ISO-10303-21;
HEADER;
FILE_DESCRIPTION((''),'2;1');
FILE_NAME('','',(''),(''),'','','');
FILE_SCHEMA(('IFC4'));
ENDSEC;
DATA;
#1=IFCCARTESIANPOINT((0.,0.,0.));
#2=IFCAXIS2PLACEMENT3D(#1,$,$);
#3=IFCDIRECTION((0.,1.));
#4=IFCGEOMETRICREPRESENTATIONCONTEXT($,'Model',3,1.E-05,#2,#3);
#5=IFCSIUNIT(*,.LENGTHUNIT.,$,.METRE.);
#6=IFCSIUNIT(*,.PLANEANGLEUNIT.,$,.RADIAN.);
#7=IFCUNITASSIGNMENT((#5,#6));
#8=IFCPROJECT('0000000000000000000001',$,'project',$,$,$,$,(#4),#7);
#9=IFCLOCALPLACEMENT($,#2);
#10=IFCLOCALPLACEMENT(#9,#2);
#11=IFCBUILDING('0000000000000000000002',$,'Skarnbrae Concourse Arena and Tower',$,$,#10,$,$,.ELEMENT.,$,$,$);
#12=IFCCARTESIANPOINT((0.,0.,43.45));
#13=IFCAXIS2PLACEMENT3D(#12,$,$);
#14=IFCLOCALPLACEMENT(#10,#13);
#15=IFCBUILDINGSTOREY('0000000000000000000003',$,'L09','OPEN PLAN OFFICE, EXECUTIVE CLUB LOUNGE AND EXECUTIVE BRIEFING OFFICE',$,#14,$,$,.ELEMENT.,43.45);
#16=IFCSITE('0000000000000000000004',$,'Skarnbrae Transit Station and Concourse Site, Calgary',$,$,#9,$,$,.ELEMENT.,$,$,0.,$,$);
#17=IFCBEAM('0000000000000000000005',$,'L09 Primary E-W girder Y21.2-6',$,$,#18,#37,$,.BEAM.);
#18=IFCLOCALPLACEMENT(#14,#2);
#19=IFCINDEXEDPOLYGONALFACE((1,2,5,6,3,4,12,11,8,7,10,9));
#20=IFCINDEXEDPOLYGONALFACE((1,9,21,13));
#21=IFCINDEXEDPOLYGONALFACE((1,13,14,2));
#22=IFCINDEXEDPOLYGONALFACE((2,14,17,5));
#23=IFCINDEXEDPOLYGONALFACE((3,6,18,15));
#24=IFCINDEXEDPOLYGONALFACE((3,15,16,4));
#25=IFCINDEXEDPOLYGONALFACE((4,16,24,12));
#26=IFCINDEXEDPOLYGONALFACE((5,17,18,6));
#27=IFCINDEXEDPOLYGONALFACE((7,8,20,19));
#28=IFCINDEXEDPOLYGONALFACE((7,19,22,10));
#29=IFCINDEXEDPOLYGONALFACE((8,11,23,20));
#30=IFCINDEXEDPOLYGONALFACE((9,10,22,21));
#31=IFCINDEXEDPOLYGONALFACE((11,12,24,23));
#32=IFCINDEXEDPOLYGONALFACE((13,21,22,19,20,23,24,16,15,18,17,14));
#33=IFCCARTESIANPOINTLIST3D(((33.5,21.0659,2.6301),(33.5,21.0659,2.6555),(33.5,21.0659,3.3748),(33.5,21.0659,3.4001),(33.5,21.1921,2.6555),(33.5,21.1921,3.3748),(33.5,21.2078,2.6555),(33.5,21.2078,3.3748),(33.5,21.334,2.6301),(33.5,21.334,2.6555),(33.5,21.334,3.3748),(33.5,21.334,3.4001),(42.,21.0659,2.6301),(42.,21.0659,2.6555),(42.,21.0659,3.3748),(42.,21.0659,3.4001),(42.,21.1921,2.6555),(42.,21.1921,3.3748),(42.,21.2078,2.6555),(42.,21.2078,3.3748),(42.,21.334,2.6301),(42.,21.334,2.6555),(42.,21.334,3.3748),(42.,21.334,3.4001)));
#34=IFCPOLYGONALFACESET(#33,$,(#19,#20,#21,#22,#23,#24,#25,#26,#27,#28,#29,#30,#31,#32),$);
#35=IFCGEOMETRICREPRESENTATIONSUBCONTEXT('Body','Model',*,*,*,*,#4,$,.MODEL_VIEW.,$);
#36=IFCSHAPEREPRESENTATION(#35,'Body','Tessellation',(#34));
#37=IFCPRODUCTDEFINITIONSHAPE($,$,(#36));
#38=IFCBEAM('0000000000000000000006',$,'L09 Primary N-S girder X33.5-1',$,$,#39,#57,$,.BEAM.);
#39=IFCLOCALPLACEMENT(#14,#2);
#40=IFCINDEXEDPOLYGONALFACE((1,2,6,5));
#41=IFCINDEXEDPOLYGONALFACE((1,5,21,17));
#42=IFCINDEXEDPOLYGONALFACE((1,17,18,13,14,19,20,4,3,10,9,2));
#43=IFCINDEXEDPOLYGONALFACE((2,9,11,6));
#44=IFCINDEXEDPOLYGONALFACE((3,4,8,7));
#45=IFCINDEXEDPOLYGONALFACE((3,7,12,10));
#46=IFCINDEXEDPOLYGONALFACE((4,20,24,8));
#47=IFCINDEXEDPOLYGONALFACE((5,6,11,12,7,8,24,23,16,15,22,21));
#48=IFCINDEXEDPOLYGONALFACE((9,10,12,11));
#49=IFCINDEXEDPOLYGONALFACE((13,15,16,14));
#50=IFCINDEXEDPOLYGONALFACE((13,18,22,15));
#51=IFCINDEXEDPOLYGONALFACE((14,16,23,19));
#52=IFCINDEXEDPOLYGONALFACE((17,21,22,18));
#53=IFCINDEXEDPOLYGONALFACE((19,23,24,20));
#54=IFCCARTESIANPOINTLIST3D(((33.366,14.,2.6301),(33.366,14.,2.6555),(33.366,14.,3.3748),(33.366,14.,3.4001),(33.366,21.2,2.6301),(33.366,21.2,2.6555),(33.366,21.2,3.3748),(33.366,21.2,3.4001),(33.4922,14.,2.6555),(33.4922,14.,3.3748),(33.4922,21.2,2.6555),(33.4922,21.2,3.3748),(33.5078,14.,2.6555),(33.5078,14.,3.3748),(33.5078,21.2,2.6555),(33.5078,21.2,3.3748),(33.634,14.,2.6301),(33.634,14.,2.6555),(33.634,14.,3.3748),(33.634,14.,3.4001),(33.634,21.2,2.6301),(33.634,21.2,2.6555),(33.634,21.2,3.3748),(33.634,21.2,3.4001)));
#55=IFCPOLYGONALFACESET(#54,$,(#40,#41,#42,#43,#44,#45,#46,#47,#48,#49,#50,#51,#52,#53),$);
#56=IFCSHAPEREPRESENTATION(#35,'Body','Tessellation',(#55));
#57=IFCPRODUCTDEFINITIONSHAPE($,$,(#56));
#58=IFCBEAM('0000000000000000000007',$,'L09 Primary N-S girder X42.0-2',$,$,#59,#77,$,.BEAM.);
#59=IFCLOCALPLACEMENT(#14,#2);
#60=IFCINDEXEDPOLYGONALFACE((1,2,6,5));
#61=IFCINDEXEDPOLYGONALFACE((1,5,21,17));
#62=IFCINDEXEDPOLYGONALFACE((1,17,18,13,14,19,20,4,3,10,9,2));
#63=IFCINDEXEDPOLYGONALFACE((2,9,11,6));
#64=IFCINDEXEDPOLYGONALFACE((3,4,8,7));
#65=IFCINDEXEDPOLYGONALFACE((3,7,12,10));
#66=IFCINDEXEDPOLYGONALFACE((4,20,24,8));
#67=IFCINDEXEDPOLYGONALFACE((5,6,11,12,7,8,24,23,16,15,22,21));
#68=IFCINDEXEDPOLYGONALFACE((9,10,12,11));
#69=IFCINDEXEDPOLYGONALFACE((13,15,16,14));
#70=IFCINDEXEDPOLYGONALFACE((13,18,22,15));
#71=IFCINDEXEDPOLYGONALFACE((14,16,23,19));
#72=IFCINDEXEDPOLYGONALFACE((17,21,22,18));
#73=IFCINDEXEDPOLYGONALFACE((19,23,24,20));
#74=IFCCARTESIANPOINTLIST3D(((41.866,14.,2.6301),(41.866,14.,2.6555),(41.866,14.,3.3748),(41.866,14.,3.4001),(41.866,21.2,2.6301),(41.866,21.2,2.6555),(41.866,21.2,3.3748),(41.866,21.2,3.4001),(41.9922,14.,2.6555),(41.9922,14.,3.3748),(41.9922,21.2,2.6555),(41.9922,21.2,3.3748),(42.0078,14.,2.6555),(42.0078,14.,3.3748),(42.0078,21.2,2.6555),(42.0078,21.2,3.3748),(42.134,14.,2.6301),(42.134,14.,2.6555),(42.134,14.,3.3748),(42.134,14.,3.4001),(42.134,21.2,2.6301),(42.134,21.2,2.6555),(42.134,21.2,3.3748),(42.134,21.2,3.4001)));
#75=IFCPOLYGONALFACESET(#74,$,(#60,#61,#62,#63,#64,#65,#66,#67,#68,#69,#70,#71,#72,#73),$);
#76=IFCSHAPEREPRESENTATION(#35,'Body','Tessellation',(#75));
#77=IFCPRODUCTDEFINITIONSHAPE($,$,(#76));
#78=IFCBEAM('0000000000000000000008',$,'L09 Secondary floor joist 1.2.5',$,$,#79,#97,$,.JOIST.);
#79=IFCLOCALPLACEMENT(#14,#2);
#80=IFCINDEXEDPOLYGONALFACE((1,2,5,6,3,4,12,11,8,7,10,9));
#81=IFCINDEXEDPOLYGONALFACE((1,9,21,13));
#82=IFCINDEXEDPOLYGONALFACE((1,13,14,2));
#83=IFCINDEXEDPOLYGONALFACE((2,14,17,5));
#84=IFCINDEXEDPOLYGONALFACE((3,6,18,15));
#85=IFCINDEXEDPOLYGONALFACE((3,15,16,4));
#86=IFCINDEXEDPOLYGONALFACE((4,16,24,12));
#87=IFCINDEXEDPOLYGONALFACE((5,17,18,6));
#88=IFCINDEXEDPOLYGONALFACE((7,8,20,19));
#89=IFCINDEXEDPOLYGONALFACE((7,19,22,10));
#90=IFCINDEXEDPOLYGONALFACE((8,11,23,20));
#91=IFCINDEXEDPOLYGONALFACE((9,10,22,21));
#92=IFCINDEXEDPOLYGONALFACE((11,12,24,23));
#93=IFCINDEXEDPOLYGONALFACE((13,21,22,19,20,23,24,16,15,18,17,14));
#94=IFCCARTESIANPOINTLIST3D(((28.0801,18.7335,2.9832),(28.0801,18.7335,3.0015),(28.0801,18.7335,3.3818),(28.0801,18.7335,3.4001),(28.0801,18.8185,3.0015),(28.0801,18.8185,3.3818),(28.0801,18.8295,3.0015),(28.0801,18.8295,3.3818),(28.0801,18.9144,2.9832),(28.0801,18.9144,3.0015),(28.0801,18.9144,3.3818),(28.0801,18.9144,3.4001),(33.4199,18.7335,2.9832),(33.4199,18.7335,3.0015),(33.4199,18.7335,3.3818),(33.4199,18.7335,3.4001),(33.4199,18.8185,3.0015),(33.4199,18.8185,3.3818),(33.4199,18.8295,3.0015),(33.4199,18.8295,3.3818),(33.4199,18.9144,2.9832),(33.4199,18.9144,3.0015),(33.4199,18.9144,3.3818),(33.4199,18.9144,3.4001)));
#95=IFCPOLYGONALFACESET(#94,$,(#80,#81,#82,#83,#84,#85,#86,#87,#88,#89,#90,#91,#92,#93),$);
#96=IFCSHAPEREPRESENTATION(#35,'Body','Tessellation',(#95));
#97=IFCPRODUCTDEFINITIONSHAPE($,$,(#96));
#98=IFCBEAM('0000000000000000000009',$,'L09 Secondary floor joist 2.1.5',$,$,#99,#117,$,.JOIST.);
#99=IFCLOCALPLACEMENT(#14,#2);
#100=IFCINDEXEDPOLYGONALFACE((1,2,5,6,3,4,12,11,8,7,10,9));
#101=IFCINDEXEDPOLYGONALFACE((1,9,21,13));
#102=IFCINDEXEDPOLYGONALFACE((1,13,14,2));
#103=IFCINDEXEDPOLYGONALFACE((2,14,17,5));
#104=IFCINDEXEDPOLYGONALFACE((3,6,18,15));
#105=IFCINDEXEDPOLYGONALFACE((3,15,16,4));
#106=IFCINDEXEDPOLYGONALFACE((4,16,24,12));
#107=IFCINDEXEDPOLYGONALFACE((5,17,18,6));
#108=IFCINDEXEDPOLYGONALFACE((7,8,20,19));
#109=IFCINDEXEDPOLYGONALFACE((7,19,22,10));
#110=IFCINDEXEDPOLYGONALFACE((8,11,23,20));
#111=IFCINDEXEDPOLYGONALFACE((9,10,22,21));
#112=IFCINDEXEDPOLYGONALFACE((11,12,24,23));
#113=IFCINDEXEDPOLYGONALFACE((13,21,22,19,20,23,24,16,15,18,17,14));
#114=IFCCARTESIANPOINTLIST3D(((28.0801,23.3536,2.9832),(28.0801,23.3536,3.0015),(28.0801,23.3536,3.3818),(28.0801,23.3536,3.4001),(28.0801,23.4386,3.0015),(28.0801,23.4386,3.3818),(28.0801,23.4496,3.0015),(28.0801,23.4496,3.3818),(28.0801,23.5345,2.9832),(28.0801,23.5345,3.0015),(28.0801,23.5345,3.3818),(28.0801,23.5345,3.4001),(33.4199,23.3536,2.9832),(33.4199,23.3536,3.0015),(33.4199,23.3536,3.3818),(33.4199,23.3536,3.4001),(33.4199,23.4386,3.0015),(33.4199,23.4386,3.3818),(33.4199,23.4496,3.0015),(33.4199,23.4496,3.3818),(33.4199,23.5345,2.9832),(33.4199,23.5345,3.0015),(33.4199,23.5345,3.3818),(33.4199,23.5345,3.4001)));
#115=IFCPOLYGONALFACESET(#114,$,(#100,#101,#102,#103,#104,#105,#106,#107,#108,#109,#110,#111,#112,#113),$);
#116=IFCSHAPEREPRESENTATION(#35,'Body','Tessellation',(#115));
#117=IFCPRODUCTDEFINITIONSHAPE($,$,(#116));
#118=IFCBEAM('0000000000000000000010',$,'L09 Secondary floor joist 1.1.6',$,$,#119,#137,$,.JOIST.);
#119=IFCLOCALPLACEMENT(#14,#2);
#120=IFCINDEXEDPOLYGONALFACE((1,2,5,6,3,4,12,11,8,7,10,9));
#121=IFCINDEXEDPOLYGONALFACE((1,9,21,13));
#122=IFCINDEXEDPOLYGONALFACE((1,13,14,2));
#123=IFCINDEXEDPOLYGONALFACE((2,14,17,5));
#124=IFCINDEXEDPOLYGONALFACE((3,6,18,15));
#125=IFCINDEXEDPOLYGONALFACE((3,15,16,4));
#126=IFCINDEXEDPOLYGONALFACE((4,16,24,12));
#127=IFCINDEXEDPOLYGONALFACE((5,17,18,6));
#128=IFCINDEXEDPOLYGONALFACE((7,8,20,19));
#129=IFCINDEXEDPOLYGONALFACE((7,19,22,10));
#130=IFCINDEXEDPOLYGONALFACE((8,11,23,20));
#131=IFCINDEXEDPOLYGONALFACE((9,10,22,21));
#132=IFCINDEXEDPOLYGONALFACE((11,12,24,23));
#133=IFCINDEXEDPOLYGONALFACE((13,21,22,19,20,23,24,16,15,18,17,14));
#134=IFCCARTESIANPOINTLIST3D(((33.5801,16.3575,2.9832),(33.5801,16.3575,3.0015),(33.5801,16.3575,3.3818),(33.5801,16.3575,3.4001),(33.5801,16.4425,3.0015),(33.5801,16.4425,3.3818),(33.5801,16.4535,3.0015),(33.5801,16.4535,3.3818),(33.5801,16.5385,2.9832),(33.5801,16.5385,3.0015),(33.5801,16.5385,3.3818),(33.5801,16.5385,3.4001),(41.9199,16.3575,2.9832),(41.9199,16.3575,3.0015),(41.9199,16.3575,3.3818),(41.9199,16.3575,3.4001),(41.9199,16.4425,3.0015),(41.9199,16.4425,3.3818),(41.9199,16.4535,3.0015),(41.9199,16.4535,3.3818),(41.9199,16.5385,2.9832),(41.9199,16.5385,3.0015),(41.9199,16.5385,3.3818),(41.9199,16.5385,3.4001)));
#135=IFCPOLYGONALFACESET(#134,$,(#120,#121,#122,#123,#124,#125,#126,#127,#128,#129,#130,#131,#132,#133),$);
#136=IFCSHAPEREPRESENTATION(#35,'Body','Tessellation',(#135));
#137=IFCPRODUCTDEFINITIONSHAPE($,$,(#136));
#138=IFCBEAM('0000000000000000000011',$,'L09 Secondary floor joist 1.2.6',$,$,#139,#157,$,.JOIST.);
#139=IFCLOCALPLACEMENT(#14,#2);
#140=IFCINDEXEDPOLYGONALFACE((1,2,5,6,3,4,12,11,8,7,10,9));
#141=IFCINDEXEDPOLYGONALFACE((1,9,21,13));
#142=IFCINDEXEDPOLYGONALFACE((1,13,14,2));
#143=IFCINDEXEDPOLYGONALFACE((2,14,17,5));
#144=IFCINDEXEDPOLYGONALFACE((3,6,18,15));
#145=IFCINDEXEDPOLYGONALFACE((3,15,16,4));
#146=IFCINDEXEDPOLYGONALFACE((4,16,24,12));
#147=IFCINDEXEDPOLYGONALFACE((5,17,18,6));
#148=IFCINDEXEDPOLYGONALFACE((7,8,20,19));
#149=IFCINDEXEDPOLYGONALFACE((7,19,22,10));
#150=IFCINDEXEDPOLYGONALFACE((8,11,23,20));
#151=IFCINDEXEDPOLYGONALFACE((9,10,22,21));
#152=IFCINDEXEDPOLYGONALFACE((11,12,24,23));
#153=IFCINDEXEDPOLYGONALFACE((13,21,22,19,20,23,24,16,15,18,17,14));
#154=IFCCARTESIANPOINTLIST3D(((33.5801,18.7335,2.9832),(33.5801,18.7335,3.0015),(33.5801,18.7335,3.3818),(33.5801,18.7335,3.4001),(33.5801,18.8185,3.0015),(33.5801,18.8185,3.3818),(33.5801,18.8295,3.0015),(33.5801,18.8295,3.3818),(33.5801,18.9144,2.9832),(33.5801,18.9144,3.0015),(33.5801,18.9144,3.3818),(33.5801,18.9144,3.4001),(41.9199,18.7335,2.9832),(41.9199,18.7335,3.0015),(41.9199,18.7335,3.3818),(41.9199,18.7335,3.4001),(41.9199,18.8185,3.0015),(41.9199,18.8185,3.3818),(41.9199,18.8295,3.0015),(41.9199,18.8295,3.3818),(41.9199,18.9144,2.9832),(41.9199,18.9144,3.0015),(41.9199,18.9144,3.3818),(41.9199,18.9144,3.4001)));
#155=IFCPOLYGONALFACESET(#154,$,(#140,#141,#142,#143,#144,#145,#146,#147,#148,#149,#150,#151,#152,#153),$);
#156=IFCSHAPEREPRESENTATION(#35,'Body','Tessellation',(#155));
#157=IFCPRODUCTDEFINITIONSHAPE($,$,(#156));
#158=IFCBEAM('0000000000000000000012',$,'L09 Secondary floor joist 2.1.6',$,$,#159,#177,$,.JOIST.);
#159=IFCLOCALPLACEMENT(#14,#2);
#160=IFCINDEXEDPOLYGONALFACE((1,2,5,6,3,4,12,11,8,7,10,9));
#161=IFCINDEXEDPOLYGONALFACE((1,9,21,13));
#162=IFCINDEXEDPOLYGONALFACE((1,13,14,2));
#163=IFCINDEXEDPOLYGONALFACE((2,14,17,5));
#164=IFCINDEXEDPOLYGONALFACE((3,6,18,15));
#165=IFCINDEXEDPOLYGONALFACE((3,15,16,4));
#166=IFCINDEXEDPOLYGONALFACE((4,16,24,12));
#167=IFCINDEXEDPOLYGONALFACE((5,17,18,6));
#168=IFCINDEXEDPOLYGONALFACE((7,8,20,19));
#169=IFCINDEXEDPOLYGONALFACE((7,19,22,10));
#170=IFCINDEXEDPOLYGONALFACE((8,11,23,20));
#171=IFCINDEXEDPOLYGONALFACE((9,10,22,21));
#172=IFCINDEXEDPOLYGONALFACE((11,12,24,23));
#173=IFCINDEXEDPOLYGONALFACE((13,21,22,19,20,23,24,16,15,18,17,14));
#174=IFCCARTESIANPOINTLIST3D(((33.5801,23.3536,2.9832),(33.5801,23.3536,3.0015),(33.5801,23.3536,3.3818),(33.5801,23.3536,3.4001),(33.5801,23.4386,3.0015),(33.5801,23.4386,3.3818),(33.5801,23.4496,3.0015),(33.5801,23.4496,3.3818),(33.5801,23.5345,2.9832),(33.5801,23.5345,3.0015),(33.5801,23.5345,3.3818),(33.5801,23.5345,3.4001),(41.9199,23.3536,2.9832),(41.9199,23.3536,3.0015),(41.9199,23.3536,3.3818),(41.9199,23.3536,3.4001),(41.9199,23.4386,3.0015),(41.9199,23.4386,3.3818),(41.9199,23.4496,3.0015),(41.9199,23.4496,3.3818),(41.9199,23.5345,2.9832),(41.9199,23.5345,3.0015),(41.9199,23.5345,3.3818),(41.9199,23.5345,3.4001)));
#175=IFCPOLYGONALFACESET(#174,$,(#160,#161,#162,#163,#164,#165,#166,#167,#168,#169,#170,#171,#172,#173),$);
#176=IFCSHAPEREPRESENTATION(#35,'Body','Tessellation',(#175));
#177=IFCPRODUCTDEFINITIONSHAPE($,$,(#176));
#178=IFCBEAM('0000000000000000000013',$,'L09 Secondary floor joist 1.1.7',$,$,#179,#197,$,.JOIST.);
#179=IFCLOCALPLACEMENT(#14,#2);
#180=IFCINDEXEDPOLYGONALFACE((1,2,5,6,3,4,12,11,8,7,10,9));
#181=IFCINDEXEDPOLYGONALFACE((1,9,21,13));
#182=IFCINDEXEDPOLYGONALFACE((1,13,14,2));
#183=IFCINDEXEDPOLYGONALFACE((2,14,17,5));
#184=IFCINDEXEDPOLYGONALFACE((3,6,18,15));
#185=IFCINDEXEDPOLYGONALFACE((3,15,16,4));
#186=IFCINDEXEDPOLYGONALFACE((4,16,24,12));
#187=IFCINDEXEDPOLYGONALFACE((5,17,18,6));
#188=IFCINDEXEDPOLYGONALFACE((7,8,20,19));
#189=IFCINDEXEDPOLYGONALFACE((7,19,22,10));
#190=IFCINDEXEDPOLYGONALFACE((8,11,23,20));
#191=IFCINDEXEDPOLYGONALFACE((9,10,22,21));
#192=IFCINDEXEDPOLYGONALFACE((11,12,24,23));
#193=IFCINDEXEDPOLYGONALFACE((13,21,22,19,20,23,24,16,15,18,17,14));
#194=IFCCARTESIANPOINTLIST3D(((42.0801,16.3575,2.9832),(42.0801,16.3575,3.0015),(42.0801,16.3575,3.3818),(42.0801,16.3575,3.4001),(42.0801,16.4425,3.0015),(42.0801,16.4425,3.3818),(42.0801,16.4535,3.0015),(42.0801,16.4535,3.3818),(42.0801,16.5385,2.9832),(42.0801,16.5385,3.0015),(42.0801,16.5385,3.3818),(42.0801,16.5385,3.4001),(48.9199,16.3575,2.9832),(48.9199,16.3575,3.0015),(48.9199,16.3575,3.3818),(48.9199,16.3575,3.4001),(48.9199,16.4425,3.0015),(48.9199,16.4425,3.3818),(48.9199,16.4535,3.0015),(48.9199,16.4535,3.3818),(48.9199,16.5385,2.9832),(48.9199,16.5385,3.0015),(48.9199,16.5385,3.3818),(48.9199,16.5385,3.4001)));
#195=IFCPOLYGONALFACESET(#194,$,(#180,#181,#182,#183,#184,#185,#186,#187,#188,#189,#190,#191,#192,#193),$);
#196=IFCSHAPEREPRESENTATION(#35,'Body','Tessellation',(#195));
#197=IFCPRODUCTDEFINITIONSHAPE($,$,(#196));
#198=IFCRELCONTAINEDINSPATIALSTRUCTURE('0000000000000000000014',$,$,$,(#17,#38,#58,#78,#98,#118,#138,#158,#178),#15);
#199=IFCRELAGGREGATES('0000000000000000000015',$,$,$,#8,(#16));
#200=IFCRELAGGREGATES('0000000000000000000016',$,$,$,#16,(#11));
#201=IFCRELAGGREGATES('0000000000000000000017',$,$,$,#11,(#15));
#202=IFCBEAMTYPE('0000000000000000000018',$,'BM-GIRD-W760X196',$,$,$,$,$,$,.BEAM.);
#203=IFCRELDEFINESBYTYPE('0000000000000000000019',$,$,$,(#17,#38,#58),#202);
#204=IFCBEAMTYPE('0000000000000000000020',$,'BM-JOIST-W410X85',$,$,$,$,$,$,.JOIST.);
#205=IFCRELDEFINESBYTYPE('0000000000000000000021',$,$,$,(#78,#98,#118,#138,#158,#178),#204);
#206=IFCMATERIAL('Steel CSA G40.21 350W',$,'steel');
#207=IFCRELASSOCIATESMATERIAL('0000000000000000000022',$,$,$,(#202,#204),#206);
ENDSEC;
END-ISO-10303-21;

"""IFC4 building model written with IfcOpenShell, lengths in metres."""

from ifc_helpers import new_model, si_unit, direction, frame, origin, origin_2d, place, context, subcontext, project, spatial, i_section, extrude, source, transform, mapped, material, material_profile, profile_set, type_object, element, save


model = new_model("IFC4")

# Units and contexts
model_context = context("Model", 3, precision=1e-05, world=origin(), true_north=direction((0.0, 1.0)))
body_context = subcontext(model_context, "Body", "Model", "MODEL_VIEW")
ifc_project = project(units=[si_unit("LENGTHUNIT", "METRE"), si_unit("PLANEANGLEUNIT", "RADIAN")], contexts=[model_context])

# Site, building, storey
site_placement = place(None, origin())
site = spatial("IfcSite", under=ifc_project, at=site_placement, Name="Skarnbrae Transit Station and Concourse Site, Calgary", CompositionType="ELEMENT", RefElevation=0.0)
building_placement = place(site_placement, origin())
building = spatial("IfcBuilding", under=site, at=building_placement, Name="Skarnbrae Concourse Arena and Tower", CompositionType="ELEMENT")
storey_placement = place(building_placement, frame((0.0, 0.0, 43.45)))
storey = spatial("IfcBuildingStorey", under=building, at=storey_placement, Name="L09", Description="OPEN PLAN OFFICE, EXECUTIVE CLUB LOUNGE AND EXECUTIVE BRIEFING OFFICE", CompositionType="ELEMENT", Elevation=43.45)

# Shared definitions
ifc_material_1 = material(Name="Steel CSA G40.21 350W", Category="steel")

# Beams
ifc_material_profile_1 = material_profile(ifc_material_1, i_section(OverallWidth=0.2681, OverallDepth=0.77, WebThickness=0.0156, FlangeThickness=0.0254, at=origin_2d()), Name="W760X196")
ifc_profile_set_1 = profile_set([ifc_material_profile_1], Name="Steel CSA G40.21 350W")
beam_type_1 = type_object("IfcBeamType", Name="BM-GIRD-W760X196", PredefinedType="BEAM", material=ifc_profile_set_1)
shared_shape_1 = source(origin(), body_context, "Body", "SweptSolid", [
    extrude(i_section(OverallWidth=0.2681, OverallDepth=0.77, WebThickness=0.0156, FlangeThickness=0.0254, at=origin_2d()), origin(), (0.0, 0.0, 1.0), 8.5),
])
for number, where, z_axis, x_axis, name in (
    (1, (33.5, 21.2, 3.0151), (1.0, 0.0, 0.0), (0.0, 1.0, 0.0), "L09 Primary E-W girder Y21.2-6"),
):
    element("IfcBeam", number, at=place(storey_placement, frame(where, z_axis=z_axis, x_axis=x_axis)), inside=storey, type_object=beam_type_1, Name=name, PredefinedType="BEAM", context=body_context, shape_type="MappedRepresentation", body=[
        mapped(shared_shape_1, transform((0.0, 0.0, 0.0))),
    ])
shared_shape_2 = source(origin(), body_context, "Body", "SweptSolid", [
    extrude(i_section(OverallWidth=0.2681, OverallDepth=0.77, WebThickness=0.0156, FlangeThickness=0.0254, at=origin_2d()), origin(), (0.0, 0.0, 1.0), 7.2),
])
for number, where, z_axis, x_axis, name in (
    (2, (33.5, 14.0, 3.0151), (0.0, 1.0, 0.0), (-1.0, 0.0, 0.0), "L09 Primary N-S girder X33.5-1"),
    (3, (42.0, 14.0, 3.0151), (0.0, 1.0, 0.0), (-1.0, 0.0, 0.0), "L09 Primary N-S girder X42.0-2"),
):
    element("IfcBeam", number, at=place(storey_placement, frame(where, z_axis=z_axis, x_axis=x_axis)), inside=storey, type_object=beam_type_1, Name=name, PredefinedType="BEAM", context=body_context, shape_type="MappedRepresentation", body=[
        mapped(shared_shape_2, transform((0.0, 0.0, 0.0))),
    ])
ifc_material_profile_2 = material_profile(ifc_material_1, i_section(OverallWidth=0.1809, OverallDepth=0.417, WebThickness=0.011, FlangeThickness=0.0183, at=origin_2d()), Name="W410X85")
ifc_profile_set_2 = profile_set([ifc_material_profile_2], Name="Steel CSA G40.21 350W")
beam_type_2 = type_object("IfcBeamType", Name="BM-JOIST-W410X85", PredefinedType="JOIST", material=ifc_profile_set_2)
shared_shape_3 = source(origin(), body_context, "Body", "SweptSolid", [
    extrude(i_section(OverallWidth=0.1809, OverallDepth=0.417, WebThickness=0.011, FlangeThickness=0.0183, at=origin_2d()), origin(), (0.0, 0.0, 1.0), 5.3398),
])
for number, where, z_axis, x_axis, name in (
    (4, (28.0801, 18.824, 3.1917), (1.0, 0.0, 0.0), (0.0, 1.0, 0.0), "L09 Secondary floor joist 1.2.5"),
    (5, (28.0801, 23.4441, 3.1917), (1.0, 0.0, 0.0), (0.0, 1.0, 0.0), "L09 Secondary floor joist 2.1.5"),
):
    element("IfcBeam", number, at=place(storey_placement, frame(where, z_axis=z_axis, x_axis=x_axis)), inside=storey, type_object=beam_type_2, Name=name, PredefinedType="JOIST", context=body_context, shape_type="MappedRepresentation", body=[
        mapped(shared_shape_3, transform((0.0, 0.0, 0.0))),
    ])
shared_shape_4 = source(origin(), body_context, "Body", "SweptSolid", [
    extrude(i_section(OverallWidth=0.1809, OverallDepth=0.417, WebThickness=0.011, FlangeThickness=0.0183, at=origin_2d()), origin(), (0.0, 0.0, 1.0), 8.3398),
])
for number, where, z_axis, x_axis, name in (
    (6, (33.5801, 16.448, 3.1917), (1.0, 0.0, 0.0), (0.0, 1.0, 0.0), "L09 Secondary floor joist 1.1.6"),
    (7, (33.5801, 18.824, 3.1917), (1.0, 0.0, 0.0), (0.0, 1.0, 0.0), "L09 Secondary floor joist 1.2.6"),
    (8, (33.5801, 23.4441, 3.1917), (1.0, 0.0, 0.0), (0.0, 1.0, 0.0), "L09 Secondary floor joist 2.1.6"),
):
    element("IfcBeam", number, at=place(storey_placement, frame(where, z_axis=z_axis, x_axis=x_axis)), inside=storey, type_object=beam_type_2, Name=name, PredefinedType="JOIST", context=body_context, shape_type="MappedRepresentation", body=[
        mapped(shared_shape_4, transform((0.0, 0.0, 0.0))),
    ])
shared_shape_5 = source(origin(), body_context, "Body", "SweptSolid", [
    extrude(i_section(OverallWidth=0.1809, OverallDepth=0.417, WebThickness=0.011, FlangeThickness=0.0183, at=origin_2d()), origin(), (0.0, 0.0, 1.0), 6.8398),
])
for number, where, z_axis, x_axis, name in (
    (9, (42.0801, 16.448, 3.1917), (1.0, 0.0, 0.0), (0.0, 1.0, 0.0), "L09 Secondary floor joist 1.1.7"),
):
    element("IfcBeam", number, at=place(storey_placement, frame(where, z_axis=z_axis, x_axis=x_axis)), inside=storey, type_object=beam_type_2, Name=name, PredefinedType="JOIST", context=body_context, shape_type="MappedRepresentation", body=[
        mapped(shared_shape_5, transform((0.0, 0.0, 0.0))),
    ])

save(model, "model.ifc")
